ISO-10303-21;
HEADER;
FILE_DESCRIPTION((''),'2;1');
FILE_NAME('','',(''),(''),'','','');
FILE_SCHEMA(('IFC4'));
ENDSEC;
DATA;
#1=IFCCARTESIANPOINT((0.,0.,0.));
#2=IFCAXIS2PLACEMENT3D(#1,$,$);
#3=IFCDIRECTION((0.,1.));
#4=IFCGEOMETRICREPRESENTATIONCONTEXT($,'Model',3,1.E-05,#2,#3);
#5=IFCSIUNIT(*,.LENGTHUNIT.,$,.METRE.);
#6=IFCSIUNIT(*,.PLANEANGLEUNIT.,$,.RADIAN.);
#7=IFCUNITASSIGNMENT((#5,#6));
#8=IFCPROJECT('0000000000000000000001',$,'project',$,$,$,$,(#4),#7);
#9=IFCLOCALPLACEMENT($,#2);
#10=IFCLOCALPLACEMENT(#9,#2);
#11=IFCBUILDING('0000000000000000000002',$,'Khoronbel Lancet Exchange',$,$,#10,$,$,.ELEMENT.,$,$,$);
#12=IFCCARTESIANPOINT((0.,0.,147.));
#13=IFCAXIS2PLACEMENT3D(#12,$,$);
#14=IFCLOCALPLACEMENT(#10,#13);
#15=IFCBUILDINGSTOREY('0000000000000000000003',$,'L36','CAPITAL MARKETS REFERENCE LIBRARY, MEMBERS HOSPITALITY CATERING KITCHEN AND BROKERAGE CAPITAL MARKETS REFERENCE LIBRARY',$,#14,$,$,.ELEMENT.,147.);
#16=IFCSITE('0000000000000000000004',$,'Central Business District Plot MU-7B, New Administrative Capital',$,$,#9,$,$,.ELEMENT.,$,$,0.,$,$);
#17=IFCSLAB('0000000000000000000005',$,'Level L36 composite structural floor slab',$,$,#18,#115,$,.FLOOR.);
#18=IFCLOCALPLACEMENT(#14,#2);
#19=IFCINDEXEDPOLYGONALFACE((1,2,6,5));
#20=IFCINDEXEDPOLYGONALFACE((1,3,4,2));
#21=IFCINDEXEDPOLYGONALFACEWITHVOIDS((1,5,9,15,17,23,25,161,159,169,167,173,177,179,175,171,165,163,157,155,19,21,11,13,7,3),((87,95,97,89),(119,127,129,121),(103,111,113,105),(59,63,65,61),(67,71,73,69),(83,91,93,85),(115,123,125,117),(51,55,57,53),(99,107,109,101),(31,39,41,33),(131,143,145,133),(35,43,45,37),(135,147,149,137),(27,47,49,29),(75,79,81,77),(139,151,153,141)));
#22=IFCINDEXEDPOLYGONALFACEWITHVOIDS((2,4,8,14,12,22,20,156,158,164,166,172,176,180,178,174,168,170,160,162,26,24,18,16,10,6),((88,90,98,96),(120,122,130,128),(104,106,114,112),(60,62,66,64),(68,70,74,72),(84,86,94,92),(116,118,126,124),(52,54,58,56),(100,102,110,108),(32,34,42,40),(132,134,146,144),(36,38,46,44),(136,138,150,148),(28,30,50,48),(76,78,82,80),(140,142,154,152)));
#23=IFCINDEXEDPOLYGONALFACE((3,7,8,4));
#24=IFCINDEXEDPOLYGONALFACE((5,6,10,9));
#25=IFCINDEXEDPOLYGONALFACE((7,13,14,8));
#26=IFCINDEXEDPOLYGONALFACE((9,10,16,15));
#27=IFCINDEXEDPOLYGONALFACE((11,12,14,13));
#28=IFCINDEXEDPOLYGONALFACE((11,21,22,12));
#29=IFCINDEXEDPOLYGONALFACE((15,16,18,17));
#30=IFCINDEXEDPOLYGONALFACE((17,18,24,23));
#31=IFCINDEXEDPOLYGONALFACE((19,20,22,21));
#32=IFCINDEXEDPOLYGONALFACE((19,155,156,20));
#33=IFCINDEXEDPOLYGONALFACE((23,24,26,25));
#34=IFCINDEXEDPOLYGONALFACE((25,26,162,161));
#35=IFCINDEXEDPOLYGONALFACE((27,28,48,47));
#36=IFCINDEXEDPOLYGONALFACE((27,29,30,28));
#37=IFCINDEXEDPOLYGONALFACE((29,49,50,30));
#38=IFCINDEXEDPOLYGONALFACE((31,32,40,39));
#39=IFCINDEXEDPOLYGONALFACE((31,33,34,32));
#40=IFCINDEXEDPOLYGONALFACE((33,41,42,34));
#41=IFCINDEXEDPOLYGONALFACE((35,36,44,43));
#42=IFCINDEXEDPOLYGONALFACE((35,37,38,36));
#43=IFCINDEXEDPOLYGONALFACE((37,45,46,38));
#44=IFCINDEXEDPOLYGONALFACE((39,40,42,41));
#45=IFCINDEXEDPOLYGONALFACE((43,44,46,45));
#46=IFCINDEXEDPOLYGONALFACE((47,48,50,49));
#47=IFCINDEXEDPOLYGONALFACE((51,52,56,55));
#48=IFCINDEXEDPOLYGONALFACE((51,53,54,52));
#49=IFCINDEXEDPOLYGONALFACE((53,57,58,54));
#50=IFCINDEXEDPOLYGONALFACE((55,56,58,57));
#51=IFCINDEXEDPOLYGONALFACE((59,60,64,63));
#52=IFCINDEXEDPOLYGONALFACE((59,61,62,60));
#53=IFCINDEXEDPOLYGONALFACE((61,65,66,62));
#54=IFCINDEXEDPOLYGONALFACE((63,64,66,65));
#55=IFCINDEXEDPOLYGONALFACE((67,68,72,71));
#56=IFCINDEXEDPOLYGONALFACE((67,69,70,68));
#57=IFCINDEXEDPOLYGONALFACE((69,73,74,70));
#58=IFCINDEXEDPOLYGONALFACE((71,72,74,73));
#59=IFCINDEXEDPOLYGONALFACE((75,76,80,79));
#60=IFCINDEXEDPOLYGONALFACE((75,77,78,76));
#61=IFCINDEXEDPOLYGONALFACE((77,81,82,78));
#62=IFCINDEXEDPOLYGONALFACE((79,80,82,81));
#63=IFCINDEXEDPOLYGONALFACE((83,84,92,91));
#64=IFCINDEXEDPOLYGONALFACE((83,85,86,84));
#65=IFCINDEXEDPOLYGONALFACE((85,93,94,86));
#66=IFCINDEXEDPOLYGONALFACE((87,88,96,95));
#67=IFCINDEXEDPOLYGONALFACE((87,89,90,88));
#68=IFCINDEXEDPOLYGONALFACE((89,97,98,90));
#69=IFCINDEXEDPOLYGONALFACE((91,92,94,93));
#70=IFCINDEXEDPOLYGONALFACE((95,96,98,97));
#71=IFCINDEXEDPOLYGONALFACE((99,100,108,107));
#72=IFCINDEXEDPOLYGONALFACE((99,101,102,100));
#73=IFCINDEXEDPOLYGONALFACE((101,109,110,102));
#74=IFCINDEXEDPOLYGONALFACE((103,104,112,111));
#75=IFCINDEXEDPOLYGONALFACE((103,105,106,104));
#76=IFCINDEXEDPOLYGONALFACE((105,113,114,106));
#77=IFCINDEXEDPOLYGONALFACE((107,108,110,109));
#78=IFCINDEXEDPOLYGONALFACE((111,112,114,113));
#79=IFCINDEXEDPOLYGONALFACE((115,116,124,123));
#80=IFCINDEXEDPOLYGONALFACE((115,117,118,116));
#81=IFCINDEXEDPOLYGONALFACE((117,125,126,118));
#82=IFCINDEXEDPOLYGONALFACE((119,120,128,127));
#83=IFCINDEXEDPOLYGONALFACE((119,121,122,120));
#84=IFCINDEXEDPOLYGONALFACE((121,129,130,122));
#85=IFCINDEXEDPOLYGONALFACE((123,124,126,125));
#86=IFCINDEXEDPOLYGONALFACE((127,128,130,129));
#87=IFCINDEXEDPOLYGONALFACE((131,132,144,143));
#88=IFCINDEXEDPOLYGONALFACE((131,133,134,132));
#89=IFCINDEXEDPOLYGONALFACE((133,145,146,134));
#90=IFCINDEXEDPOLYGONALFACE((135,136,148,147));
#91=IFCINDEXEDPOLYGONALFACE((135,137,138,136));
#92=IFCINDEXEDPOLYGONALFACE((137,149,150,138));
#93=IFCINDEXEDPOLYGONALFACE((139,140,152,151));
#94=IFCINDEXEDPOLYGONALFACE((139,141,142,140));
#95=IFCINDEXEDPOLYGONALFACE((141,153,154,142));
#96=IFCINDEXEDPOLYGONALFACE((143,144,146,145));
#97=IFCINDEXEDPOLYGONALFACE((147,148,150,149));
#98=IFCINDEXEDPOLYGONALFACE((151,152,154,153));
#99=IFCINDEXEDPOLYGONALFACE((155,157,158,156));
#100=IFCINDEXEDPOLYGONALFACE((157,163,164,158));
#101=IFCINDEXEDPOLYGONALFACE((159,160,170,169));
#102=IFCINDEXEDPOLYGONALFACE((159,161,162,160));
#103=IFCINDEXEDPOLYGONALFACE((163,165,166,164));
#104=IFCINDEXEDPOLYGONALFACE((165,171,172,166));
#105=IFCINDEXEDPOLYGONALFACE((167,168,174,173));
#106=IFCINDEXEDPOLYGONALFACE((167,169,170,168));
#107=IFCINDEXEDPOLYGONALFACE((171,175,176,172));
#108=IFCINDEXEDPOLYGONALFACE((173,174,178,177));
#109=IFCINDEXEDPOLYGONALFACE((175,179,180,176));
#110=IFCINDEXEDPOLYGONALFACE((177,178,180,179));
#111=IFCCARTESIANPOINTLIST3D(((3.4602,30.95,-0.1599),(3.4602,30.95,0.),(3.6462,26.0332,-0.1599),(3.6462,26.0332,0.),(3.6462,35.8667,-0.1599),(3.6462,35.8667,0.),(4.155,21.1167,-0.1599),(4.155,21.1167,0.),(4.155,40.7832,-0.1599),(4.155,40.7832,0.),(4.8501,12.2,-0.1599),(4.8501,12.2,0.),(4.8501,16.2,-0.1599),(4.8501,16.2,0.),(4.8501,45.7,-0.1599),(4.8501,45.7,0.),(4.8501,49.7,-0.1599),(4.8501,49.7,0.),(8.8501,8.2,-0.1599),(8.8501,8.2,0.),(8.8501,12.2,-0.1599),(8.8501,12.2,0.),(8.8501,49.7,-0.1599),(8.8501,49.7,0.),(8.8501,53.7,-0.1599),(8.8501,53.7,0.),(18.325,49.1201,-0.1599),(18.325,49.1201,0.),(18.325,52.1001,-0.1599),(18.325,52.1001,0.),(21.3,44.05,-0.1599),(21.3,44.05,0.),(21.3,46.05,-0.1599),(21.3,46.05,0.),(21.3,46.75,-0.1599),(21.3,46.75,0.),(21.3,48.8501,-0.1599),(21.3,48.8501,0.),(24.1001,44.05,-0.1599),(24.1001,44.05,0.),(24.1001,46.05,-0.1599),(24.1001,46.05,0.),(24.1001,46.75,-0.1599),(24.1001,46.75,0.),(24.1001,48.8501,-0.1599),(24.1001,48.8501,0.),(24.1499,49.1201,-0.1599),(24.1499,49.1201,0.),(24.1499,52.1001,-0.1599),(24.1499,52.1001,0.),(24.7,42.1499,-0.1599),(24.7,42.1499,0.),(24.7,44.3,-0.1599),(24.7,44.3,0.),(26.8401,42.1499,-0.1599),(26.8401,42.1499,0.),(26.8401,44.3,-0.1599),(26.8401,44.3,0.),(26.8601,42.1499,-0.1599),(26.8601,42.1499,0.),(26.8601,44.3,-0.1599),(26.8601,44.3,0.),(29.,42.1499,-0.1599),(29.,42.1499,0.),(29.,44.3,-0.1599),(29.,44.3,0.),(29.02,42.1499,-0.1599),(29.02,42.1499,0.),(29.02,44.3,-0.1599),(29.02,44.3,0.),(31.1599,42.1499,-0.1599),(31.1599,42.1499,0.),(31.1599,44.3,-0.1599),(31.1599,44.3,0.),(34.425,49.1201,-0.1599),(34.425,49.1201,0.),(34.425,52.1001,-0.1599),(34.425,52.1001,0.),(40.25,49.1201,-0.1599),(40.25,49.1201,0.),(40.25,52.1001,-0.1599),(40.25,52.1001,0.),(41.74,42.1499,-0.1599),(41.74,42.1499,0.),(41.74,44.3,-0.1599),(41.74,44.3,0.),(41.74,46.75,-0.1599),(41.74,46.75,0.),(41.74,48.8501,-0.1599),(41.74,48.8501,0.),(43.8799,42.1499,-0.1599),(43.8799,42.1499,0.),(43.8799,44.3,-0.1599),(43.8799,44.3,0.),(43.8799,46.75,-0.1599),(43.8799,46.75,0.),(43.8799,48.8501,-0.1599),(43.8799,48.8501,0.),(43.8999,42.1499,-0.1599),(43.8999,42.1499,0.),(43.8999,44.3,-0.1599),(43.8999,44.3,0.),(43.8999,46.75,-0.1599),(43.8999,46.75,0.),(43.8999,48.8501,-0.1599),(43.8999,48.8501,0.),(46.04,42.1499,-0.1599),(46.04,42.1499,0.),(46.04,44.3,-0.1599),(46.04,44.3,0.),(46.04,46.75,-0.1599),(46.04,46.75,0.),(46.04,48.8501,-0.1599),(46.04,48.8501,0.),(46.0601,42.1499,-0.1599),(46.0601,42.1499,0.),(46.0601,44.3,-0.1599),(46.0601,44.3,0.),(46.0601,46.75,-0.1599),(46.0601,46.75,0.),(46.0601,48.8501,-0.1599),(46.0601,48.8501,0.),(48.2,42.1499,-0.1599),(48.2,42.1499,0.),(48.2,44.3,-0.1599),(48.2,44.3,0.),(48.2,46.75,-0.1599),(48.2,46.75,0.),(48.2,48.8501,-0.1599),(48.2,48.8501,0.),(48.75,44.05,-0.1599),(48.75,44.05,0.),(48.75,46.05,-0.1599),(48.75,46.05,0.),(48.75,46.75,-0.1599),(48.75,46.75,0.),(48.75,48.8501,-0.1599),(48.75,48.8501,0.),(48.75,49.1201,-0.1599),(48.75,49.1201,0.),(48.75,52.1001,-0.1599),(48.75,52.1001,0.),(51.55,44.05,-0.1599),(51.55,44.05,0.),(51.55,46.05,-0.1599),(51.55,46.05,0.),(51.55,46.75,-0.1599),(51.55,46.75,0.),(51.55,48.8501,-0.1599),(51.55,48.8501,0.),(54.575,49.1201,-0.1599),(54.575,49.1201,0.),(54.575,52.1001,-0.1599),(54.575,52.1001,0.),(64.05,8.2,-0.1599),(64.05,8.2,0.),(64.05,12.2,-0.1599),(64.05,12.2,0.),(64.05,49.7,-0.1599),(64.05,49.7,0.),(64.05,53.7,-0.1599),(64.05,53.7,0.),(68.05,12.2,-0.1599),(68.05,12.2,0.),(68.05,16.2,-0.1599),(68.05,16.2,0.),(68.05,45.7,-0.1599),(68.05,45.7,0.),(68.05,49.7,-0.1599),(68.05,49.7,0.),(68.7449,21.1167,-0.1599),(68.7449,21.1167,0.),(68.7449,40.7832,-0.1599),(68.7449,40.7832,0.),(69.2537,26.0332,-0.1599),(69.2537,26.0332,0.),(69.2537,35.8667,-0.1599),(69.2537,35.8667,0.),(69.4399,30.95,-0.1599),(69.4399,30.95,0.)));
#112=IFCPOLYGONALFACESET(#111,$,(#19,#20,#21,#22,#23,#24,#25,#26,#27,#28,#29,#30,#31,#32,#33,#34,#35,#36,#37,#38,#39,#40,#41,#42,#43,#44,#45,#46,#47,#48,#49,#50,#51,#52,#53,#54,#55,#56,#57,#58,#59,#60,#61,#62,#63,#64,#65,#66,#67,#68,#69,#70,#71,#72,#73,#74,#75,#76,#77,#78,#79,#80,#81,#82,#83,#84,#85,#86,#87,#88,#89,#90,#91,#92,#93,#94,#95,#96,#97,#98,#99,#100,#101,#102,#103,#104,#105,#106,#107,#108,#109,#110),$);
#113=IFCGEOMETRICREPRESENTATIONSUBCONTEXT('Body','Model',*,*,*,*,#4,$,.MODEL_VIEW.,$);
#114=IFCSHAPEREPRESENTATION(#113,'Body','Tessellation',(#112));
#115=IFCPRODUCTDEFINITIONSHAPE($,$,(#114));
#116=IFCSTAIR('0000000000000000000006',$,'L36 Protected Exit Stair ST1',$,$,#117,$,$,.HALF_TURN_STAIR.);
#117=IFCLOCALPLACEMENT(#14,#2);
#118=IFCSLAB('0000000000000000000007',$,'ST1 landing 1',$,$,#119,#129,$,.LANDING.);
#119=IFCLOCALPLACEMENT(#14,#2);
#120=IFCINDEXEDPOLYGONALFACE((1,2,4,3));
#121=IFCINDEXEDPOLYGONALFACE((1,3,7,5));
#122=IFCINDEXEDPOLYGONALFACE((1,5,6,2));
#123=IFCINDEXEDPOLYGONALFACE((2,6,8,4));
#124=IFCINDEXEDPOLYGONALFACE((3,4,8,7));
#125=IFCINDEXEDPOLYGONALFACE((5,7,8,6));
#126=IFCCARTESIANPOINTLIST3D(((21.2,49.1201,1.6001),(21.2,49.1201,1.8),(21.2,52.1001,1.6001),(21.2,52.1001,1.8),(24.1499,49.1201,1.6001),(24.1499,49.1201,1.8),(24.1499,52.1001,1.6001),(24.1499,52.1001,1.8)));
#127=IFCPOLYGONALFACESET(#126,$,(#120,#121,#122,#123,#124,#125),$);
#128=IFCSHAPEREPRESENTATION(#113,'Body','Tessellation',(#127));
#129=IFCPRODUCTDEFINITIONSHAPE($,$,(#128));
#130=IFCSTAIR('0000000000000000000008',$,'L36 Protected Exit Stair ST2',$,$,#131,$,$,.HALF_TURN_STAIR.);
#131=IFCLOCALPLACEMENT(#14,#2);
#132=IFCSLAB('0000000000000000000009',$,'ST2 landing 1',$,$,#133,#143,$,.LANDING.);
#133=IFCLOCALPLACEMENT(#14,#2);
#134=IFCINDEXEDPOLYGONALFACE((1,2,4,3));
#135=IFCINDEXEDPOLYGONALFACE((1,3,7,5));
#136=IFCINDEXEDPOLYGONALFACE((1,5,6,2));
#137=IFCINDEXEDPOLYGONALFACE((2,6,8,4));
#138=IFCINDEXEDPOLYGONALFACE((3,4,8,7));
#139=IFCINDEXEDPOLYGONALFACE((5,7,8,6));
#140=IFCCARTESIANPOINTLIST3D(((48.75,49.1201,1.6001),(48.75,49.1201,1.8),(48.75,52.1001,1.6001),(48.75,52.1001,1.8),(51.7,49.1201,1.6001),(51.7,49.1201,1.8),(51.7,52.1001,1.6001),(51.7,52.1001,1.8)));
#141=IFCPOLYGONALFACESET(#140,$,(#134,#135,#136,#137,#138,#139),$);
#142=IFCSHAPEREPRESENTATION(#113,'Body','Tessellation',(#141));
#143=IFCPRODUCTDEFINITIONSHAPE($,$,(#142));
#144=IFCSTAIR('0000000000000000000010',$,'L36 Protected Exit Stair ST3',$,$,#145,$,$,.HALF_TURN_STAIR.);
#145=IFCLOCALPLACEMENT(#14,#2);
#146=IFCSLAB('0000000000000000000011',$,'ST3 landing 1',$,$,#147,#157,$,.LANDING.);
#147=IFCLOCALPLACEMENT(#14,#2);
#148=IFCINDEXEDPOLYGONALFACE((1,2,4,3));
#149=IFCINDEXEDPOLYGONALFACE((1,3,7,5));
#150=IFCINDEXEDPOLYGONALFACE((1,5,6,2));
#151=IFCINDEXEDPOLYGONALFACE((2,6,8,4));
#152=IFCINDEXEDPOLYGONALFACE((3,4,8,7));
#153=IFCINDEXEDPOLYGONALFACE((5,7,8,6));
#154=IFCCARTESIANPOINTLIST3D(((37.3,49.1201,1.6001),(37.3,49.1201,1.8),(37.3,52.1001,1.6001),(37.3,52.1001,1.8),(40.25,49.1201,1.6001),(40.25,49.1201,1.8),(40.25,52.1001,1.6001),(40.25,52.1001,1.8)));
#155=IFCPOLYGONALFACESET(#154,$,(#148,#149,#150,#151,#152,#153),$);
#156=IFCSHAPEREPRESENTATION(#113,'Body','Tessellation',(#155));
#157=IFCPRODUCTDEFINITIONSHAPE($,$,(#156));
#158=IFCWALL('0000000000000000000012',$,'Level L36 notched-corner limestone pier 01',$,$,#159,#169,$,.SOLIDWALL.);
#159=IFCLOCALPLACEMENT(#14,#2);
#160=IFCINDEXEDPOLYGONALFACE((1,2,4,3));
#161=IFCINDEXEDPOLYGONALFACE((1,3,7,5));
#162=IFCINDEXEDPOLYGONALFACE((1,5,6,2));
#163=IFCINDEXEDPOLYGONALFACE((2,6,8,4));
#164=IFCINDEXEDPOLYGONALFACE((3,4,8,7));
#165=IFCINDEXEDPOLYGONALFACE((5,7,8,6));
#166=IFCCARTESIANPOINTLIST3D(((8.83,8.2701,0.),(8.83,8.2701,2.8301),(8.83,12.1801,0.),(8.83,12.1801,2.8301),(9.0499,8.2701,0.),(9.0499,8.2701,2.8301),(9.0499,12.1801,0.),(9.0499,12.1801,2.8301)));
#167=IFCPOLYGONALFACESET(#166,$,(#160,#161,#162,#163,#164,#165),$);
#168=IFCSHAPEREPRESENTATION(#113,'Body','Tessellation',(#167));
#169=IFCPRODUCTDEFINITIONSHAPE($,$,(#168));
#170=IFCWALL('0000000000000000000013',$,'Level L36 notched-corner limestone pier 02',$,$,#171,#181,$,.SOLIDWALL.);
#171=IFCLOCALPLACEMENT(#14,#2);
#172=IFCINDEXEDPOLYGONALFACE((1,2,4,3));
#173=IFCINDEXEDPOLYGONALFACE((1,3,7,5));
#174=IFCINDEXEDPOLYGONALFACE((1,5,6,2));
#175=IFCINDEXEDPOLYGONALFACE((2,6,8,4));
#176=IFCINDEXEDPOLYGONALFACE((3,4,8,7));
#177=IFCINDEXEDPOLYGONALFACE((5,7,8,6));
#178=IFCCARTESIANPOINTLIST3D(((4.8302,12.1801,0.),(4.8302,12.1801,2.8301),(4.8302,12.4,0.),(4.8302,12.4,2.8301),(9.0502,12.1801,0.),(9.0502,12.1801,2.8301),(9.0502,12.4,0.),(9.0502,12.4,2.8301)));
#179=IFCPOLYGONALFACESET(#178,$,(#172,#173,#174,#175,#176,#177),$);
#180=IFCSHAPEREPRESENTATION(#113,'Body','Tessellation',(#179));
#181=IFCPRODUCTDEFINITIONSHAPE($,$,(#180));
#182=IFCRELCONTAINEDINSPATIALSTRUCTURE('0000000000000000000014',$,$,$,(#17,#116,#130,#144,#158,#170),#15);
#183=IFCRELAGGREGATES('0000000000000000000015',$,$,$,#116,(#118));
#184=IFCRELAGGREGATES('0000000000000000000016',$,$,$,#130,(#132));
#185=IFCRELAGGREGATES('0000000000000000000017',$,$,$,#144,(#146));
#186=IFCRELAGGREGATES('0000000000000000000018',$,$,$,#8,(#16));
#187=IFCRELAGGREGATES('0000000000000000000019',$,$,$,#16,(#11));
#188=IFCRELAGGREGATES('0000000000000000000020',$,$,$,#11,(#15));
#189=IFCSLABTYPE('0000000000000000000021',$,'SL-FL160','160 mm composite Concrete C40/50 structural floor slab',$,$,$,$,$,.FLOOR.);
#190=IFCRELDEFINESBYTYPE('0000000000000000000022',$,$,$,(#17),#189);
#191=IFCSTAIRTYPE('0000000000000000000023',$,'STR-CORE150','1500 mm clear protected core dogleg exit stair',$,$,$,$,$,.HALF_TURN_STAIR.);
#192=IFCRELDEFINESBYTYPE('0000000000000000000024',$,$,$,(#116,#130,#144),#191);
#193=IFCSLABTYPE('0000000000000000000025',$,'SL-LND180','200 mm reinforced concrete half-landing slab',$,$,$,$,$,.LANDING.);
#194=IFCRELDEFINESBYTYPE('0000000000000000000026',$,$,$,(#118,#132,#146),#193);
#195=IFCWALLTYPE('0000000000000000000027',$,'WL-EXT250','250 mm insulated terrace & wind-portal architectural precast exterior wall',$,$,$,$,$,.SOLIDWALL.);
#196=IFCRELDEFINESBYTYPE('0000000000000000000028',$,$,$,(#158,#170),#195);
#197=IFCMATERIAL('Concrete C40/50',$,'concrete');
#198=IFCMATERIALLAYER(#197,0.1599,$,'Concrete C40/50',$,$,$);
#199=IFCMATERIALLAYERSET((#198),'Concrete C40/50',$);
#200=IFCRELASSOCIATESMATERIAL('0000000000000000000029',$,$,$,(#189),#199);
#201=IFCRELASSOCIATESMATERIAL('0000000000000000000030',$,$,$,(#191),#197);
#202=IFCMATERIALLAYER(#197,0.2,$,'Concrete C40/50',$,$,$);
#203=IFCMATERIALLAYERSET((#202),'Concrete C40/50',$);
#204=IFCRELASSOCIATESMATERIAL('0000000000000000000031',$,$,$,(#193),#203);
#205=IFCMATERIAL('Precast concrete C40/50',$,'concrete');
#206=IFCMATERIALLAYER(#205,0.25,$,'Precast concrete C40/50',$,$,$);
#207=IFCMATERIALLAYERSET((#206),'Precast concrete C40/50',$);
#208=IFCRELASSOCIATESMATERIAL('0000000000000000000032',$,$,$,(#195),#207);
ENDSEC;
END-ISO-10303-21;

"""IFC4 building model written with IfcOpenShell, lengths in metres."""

from ifc_helpers import new_model, si_unit, direction, frame, frame_2d, origin, place, context, subcontext, project, spatial, polyline, rectangle, outline, extrude, material, layer, layer_set, type_object, element, aggregate, save


model = new_model("IFC4")

# Units and contexts
model_context = context("Model", 3, precision=1e-05, world=origin(), true_north=direction((0.0, 1.0)))
body_context = subcontext(model_context, "Body", "Model", "MODEL_VIEW")
ifc_project = project(units=[si_unit("LENGTHUNIT", "METRE"), si_unit("PLANEANGLEUNIT", "RADIAN")], contexts=[model_context])

# Site, building, storey
site_placement = place(None, origin())
site = spatial("IfcSite", under=ifc_project, at=site_placement, Name="Central Business District Plot MU-7B, New Administrative Capital", CompositionType="ELEMENT", RefElevation=0.0)
building_placement = place(site_placement, origin())
building = spatial("IfcBuilding", under=site, at=building_placement, Name="Khoronbel Lancet Exchange", CompositionType="ELEMENT")
storey_placement = place(building_placement, frame((0.0, 0.0, 147.0)))
storey = spatial("IfcBuildingStorey", under=building, at=storey_placement, Name="L36", Description="CAPITAL MARKETS REFERENCE LIBRARY, MEMBERS HOSPITALITY CATERING KITCHEN AND BROKERAGE CAPITAL MARKETS REFERENCE LIBRARY", CompositionType="ELEMENT", Elevation=147.0)

# Slab
ifc_material_1 = material(Name="Concrete C40/50", Category="concrete")
ifc_layer_1 = layer(ifc_material_1, 0.1599, Name="Concrete C40/50")
ifc_layer_set_1 = layer_set([ifc_layer_1], Name="Concrete C40/50")
slab_type_1 = type_object("IfcSlabType", Name="SL-FL160", Description="160 mm composite Concrete C40/50 structural floor slab", PredefinedType="FLOOR", material=ifc_layer_set_1)
slab_1_placement = place(storey_placement, frame((0.0, 0.0, -0.1599)))
element("IfcSlab", 1, at=slab_1_placement, inside=storey, type_object=slab_type_1, Name="Level L36 composite structural floor slab", PredefinedType="FLOOR", context=body_context, shape_type="SweptSolid", body=[
    extrude(outline(polyline([(8.8501, 8.2), (64.05, 8.2), (64.05, 12.2), (68.05, 12.2), (68.05, 16.2), (68.7449, 21.1167), (69.2537, 26.0332), (69.4399, 30.95), (69.2537, 35.8667), (68.7449, 40.7832), (68.05, 45.7), (68.05, 49.7), (64.05, 49.7), (64.05, 53.7), (8.8501, 53.7), (8.8501, 49.7), (4.8501, 49.7), (4.8501, 45.7), (4.155, 40.7832), (3.6462, 35.8667), (3.4602, 30.95), (3.6462, 26.0332), (4.155, 21.1167), (4.8501, 16.2), (4.8501, 12.2), (8.8501, 12.2), (8.8501, 8.2)]), holes=[polyline([(18.325, 49.1201), (24.1499, 49.1201), (24.1499, 52.1001), (18.325, 52.1001), (18.325, 49.1201)]), polyline([(48.75, 49.1201), (54.575, 49.1201), (54.575, 52.1001), (48.75, 52.1001), (48.75, 49.1201)]), polyline([(34.425, 49.1201), (40.25, 49.1201), (40.25, 52.1001), (34.425, 52.1001), (34.425, 49.1201)]), polyline([(24.7, 42.1499), (26.8401, 42.1499), (26.8401, 44.3), (24.7, 44.3), (24.7, 42.1499)]), polyline([(26.8601, 42.1499), (29.0, 42.1499), (29.0, 44.3), (26.8601, 44.3), (26.8601, 42.1499)]), polyline([(29.02, 42.1499), (31.1599, 42.1499), (31.1599, 44.3), (29.02, 44.3), (29.02, 42.1499)]), polyline([(41.74, 46.75), (43.8799, 46.75), (43.8799, 48.8501), (41.74, 48.8501), (41.74, 46.75)]), polyline([(43.8999, 46.75), (46.04, 46.75), (46.04, 48.8501), (43.8999, 48.8501), (43.8999, 46.75)]), polyline([(46.0601, 46.75), (48.2, 46.75), (48.2, 48.8501), (46.0601, 48.8501), (46.0601, 46.75)]), polyline([(41.74, 42.1499), (43.8799, 42.1499), (43.8799, 44.3), (41.74, 44.3), (41.74, 42.1499)]), polyline([(43.8999, 42.1499), (46.04, 42.1499), (46.04, 44.3), (43.8999, 44.3), (43.8999, 42.1499)]), polyline([(46.0601, 42.1499), (48.2, 42.1499), (48.2, 44.3), (46.0601, 44.3), (46.0601, 42.1499)]), polyline([(21.3, 46.75), (24.1001, 46.75), (24.1001, 48.8501), (21.3, 48.8501), (21.3, 46.75)]), polyline([(48.75, 46.75), (51.55, 46.75), (51.55, 48.8501), (48.75, 48.8501), (48.75, 46.75)]), polyline([(21.3, 44.05), (24.1001, 44.05), (24.1001, 46.05), (21.3, 46.05), (21.3, 44.05)]), polyline([(48.75, 44.05), (51.55, 44.05), (51.55, 46.05), (48.75, 46.05), (48.75, 44.05)])]), origin(), (0.0, 0.0, 1.0), 0.1599),
])

# Stairs, slabs
stair_type = type_object("IfcStairType", Name="STR-CORE150", Description="1500 mm clear protected core dogleg exit stair", PredefinedType="HALF_TURN_STAIR", material=ifc_material_1)
stair_1_placement = place(storey_placement, origin())
stair_1 = element("IfcStair", 2, at=stair_1_placement, inside=storey, type_object=stair_type, Name="L36 Protected Exit Stair ST1", PredefinedType="HALF_TURN_STAIR")
ifc_layer_2 = layer(ifc_material_1, 0.2, Name="Concrete C40/50")
ifc_layer_set_2 = layer_set([ifc_layer_2], Name="Concrete C40/50")
slab_type_2 = type_object("IfcSlabType", Name="SL-LND180", Description="200 mm reinforced concrete half-landing slab", PredefinedType="LANDING", material=ifc_layer_set_2)
slab_2_placement = place(storey_placement, frame((0.0, 0.0, 1.6001)))
slab_2 = element("IfcSlab", 3, at=slab_2_placement, type_object=slab_type_2, Name="ST1 landing 1", PredefinedType="LANDING", context=body_context, shape_type="SweptSolid", body=[
    extrude(outline(polyline([(21.2, 49.1201), (24.1499, 49.1201), (24.1499, 52.1001), (21.2, 52.1001), (21.2, 49.1201)])), origin(), (0.0, 0.0, 1.0), 0.2),
])
aggregate(stair_1, [slab_2])
stair_2_placement = place(storey_placement, origin())
stair_2 = element("IfcStair", 4, at=stair_2_placement, inside=storey, type_object=stair_type, Name="L36 Protected Exit Stair ST2", PredefinedType="HALF_TURN_STAIR")
slab_3_placement = place(storey_placement, frame((0.0, 0.0, 1.6001)))
slab_3 = element("IfcSlab", 5, at=slab_3_placement, type_object=slab_type_2, Name="ST2 landing 1", PredefinedType="LANDING", context=body_context, shape_type="SweptSolid", body=[
    extrude(outline(polyline([(51.7, 52.1001), (48.75, 52.1001), (48.75, 49.1201), (51.7, 49.1201), (51.7, 52.1001)])), origin(), (0.0, 0.0, 1.0), 0.2),
])
aggregate(stair_2, [slab_3])
stair_3_placement = place(storey_placement, origin())
stair_3 = element("IfcStair", 6, at=stair_3_placement, inside=storey, type_object=stair_type, Name="L36 Protected Exit Stair ST3", PredefinedType="HALF_TURN_STAIR")
slab_4_placement = place(storey_placement, frame((0.0, 0.0, 1.6001)))
slab_4 = element("IfcSlab", 7, at=slab_4_placement, type_object=slab_type_2, Name="ST3 landing 1", PredefinedType="LANDING", context=body_context, shape_type="SweptSolid", body=[
    extrude(outline(polyline([(37.3, 49.1201), (40.25, 49.1201), (40.25, 52.1001), (37.3, 52.1001), (37.3, 49.1201)])), origin(), (0.0, 0.0, 1.0), 0.2),
])
aggregate(stair_3, [slab_4])

# Walls
ifc_material_2 = material(Name="Precast concrete C40/50", Category="concrete")
ifc_layer_3 = layer(ifc_material_2, 0.25, Name="Precast concrete C40/50")
ifc_layer_set_3 = layer_set([ifc_layer_3], Name="Precast concrete C40/50")
wall_type_1 = type_object("IfcWallType", Name="WL-EXT250", Description="250 mm insulated terrace & wind-portal architectural precast exterior wall", PredefinedType="SOLIDWALL", material=ifc_layer_set_3)
wall_1_placement = place(storey_placement, frame((8.9399, 8.27, 0.0), z_axis=(0.0, 0.0, 1.0), x_axis=(0.0, 1.0, 0.0)))
element("IfcWall", 8, at=wall_1_placement, inside=storey, type_object=wall_type_1, Name="Level L36 notched-corner limestone pier 01", PredefinedType="SOLIDWALL", context=body_context, shape_type="SweptSolid", body=[
    extrude(rectangle(XDim=3.9099, YDim=0.22, at=frame_2d((1.9551, 0.0))), origin(), (0.0, 0.0, 1.0), 2.8301),
])
wall_2_placement = place(storey_placement, frame((9.05, 12.29, 0.0), z_axis=(0.0, 0.0, 1.0), x_axis=(-1.0, 0.0, 0.0)))
element("IfcWall", 9, at=wall_2_placement, inside=storey, type_object=wall_type_1, Name="Level L36 notched-corner limestone pier 02", PredefinedType="SOLIDWALL", context=body_context, shape_type="SweptSolid", body=[
    extrude(rectangle(XDim=4.22, YDim=0.22, at=frame_2d((2.1099, 0.0))), origin(), (0.0, 0.0, 1.0), 2.8301),
])

save(model, "model.ifc")
